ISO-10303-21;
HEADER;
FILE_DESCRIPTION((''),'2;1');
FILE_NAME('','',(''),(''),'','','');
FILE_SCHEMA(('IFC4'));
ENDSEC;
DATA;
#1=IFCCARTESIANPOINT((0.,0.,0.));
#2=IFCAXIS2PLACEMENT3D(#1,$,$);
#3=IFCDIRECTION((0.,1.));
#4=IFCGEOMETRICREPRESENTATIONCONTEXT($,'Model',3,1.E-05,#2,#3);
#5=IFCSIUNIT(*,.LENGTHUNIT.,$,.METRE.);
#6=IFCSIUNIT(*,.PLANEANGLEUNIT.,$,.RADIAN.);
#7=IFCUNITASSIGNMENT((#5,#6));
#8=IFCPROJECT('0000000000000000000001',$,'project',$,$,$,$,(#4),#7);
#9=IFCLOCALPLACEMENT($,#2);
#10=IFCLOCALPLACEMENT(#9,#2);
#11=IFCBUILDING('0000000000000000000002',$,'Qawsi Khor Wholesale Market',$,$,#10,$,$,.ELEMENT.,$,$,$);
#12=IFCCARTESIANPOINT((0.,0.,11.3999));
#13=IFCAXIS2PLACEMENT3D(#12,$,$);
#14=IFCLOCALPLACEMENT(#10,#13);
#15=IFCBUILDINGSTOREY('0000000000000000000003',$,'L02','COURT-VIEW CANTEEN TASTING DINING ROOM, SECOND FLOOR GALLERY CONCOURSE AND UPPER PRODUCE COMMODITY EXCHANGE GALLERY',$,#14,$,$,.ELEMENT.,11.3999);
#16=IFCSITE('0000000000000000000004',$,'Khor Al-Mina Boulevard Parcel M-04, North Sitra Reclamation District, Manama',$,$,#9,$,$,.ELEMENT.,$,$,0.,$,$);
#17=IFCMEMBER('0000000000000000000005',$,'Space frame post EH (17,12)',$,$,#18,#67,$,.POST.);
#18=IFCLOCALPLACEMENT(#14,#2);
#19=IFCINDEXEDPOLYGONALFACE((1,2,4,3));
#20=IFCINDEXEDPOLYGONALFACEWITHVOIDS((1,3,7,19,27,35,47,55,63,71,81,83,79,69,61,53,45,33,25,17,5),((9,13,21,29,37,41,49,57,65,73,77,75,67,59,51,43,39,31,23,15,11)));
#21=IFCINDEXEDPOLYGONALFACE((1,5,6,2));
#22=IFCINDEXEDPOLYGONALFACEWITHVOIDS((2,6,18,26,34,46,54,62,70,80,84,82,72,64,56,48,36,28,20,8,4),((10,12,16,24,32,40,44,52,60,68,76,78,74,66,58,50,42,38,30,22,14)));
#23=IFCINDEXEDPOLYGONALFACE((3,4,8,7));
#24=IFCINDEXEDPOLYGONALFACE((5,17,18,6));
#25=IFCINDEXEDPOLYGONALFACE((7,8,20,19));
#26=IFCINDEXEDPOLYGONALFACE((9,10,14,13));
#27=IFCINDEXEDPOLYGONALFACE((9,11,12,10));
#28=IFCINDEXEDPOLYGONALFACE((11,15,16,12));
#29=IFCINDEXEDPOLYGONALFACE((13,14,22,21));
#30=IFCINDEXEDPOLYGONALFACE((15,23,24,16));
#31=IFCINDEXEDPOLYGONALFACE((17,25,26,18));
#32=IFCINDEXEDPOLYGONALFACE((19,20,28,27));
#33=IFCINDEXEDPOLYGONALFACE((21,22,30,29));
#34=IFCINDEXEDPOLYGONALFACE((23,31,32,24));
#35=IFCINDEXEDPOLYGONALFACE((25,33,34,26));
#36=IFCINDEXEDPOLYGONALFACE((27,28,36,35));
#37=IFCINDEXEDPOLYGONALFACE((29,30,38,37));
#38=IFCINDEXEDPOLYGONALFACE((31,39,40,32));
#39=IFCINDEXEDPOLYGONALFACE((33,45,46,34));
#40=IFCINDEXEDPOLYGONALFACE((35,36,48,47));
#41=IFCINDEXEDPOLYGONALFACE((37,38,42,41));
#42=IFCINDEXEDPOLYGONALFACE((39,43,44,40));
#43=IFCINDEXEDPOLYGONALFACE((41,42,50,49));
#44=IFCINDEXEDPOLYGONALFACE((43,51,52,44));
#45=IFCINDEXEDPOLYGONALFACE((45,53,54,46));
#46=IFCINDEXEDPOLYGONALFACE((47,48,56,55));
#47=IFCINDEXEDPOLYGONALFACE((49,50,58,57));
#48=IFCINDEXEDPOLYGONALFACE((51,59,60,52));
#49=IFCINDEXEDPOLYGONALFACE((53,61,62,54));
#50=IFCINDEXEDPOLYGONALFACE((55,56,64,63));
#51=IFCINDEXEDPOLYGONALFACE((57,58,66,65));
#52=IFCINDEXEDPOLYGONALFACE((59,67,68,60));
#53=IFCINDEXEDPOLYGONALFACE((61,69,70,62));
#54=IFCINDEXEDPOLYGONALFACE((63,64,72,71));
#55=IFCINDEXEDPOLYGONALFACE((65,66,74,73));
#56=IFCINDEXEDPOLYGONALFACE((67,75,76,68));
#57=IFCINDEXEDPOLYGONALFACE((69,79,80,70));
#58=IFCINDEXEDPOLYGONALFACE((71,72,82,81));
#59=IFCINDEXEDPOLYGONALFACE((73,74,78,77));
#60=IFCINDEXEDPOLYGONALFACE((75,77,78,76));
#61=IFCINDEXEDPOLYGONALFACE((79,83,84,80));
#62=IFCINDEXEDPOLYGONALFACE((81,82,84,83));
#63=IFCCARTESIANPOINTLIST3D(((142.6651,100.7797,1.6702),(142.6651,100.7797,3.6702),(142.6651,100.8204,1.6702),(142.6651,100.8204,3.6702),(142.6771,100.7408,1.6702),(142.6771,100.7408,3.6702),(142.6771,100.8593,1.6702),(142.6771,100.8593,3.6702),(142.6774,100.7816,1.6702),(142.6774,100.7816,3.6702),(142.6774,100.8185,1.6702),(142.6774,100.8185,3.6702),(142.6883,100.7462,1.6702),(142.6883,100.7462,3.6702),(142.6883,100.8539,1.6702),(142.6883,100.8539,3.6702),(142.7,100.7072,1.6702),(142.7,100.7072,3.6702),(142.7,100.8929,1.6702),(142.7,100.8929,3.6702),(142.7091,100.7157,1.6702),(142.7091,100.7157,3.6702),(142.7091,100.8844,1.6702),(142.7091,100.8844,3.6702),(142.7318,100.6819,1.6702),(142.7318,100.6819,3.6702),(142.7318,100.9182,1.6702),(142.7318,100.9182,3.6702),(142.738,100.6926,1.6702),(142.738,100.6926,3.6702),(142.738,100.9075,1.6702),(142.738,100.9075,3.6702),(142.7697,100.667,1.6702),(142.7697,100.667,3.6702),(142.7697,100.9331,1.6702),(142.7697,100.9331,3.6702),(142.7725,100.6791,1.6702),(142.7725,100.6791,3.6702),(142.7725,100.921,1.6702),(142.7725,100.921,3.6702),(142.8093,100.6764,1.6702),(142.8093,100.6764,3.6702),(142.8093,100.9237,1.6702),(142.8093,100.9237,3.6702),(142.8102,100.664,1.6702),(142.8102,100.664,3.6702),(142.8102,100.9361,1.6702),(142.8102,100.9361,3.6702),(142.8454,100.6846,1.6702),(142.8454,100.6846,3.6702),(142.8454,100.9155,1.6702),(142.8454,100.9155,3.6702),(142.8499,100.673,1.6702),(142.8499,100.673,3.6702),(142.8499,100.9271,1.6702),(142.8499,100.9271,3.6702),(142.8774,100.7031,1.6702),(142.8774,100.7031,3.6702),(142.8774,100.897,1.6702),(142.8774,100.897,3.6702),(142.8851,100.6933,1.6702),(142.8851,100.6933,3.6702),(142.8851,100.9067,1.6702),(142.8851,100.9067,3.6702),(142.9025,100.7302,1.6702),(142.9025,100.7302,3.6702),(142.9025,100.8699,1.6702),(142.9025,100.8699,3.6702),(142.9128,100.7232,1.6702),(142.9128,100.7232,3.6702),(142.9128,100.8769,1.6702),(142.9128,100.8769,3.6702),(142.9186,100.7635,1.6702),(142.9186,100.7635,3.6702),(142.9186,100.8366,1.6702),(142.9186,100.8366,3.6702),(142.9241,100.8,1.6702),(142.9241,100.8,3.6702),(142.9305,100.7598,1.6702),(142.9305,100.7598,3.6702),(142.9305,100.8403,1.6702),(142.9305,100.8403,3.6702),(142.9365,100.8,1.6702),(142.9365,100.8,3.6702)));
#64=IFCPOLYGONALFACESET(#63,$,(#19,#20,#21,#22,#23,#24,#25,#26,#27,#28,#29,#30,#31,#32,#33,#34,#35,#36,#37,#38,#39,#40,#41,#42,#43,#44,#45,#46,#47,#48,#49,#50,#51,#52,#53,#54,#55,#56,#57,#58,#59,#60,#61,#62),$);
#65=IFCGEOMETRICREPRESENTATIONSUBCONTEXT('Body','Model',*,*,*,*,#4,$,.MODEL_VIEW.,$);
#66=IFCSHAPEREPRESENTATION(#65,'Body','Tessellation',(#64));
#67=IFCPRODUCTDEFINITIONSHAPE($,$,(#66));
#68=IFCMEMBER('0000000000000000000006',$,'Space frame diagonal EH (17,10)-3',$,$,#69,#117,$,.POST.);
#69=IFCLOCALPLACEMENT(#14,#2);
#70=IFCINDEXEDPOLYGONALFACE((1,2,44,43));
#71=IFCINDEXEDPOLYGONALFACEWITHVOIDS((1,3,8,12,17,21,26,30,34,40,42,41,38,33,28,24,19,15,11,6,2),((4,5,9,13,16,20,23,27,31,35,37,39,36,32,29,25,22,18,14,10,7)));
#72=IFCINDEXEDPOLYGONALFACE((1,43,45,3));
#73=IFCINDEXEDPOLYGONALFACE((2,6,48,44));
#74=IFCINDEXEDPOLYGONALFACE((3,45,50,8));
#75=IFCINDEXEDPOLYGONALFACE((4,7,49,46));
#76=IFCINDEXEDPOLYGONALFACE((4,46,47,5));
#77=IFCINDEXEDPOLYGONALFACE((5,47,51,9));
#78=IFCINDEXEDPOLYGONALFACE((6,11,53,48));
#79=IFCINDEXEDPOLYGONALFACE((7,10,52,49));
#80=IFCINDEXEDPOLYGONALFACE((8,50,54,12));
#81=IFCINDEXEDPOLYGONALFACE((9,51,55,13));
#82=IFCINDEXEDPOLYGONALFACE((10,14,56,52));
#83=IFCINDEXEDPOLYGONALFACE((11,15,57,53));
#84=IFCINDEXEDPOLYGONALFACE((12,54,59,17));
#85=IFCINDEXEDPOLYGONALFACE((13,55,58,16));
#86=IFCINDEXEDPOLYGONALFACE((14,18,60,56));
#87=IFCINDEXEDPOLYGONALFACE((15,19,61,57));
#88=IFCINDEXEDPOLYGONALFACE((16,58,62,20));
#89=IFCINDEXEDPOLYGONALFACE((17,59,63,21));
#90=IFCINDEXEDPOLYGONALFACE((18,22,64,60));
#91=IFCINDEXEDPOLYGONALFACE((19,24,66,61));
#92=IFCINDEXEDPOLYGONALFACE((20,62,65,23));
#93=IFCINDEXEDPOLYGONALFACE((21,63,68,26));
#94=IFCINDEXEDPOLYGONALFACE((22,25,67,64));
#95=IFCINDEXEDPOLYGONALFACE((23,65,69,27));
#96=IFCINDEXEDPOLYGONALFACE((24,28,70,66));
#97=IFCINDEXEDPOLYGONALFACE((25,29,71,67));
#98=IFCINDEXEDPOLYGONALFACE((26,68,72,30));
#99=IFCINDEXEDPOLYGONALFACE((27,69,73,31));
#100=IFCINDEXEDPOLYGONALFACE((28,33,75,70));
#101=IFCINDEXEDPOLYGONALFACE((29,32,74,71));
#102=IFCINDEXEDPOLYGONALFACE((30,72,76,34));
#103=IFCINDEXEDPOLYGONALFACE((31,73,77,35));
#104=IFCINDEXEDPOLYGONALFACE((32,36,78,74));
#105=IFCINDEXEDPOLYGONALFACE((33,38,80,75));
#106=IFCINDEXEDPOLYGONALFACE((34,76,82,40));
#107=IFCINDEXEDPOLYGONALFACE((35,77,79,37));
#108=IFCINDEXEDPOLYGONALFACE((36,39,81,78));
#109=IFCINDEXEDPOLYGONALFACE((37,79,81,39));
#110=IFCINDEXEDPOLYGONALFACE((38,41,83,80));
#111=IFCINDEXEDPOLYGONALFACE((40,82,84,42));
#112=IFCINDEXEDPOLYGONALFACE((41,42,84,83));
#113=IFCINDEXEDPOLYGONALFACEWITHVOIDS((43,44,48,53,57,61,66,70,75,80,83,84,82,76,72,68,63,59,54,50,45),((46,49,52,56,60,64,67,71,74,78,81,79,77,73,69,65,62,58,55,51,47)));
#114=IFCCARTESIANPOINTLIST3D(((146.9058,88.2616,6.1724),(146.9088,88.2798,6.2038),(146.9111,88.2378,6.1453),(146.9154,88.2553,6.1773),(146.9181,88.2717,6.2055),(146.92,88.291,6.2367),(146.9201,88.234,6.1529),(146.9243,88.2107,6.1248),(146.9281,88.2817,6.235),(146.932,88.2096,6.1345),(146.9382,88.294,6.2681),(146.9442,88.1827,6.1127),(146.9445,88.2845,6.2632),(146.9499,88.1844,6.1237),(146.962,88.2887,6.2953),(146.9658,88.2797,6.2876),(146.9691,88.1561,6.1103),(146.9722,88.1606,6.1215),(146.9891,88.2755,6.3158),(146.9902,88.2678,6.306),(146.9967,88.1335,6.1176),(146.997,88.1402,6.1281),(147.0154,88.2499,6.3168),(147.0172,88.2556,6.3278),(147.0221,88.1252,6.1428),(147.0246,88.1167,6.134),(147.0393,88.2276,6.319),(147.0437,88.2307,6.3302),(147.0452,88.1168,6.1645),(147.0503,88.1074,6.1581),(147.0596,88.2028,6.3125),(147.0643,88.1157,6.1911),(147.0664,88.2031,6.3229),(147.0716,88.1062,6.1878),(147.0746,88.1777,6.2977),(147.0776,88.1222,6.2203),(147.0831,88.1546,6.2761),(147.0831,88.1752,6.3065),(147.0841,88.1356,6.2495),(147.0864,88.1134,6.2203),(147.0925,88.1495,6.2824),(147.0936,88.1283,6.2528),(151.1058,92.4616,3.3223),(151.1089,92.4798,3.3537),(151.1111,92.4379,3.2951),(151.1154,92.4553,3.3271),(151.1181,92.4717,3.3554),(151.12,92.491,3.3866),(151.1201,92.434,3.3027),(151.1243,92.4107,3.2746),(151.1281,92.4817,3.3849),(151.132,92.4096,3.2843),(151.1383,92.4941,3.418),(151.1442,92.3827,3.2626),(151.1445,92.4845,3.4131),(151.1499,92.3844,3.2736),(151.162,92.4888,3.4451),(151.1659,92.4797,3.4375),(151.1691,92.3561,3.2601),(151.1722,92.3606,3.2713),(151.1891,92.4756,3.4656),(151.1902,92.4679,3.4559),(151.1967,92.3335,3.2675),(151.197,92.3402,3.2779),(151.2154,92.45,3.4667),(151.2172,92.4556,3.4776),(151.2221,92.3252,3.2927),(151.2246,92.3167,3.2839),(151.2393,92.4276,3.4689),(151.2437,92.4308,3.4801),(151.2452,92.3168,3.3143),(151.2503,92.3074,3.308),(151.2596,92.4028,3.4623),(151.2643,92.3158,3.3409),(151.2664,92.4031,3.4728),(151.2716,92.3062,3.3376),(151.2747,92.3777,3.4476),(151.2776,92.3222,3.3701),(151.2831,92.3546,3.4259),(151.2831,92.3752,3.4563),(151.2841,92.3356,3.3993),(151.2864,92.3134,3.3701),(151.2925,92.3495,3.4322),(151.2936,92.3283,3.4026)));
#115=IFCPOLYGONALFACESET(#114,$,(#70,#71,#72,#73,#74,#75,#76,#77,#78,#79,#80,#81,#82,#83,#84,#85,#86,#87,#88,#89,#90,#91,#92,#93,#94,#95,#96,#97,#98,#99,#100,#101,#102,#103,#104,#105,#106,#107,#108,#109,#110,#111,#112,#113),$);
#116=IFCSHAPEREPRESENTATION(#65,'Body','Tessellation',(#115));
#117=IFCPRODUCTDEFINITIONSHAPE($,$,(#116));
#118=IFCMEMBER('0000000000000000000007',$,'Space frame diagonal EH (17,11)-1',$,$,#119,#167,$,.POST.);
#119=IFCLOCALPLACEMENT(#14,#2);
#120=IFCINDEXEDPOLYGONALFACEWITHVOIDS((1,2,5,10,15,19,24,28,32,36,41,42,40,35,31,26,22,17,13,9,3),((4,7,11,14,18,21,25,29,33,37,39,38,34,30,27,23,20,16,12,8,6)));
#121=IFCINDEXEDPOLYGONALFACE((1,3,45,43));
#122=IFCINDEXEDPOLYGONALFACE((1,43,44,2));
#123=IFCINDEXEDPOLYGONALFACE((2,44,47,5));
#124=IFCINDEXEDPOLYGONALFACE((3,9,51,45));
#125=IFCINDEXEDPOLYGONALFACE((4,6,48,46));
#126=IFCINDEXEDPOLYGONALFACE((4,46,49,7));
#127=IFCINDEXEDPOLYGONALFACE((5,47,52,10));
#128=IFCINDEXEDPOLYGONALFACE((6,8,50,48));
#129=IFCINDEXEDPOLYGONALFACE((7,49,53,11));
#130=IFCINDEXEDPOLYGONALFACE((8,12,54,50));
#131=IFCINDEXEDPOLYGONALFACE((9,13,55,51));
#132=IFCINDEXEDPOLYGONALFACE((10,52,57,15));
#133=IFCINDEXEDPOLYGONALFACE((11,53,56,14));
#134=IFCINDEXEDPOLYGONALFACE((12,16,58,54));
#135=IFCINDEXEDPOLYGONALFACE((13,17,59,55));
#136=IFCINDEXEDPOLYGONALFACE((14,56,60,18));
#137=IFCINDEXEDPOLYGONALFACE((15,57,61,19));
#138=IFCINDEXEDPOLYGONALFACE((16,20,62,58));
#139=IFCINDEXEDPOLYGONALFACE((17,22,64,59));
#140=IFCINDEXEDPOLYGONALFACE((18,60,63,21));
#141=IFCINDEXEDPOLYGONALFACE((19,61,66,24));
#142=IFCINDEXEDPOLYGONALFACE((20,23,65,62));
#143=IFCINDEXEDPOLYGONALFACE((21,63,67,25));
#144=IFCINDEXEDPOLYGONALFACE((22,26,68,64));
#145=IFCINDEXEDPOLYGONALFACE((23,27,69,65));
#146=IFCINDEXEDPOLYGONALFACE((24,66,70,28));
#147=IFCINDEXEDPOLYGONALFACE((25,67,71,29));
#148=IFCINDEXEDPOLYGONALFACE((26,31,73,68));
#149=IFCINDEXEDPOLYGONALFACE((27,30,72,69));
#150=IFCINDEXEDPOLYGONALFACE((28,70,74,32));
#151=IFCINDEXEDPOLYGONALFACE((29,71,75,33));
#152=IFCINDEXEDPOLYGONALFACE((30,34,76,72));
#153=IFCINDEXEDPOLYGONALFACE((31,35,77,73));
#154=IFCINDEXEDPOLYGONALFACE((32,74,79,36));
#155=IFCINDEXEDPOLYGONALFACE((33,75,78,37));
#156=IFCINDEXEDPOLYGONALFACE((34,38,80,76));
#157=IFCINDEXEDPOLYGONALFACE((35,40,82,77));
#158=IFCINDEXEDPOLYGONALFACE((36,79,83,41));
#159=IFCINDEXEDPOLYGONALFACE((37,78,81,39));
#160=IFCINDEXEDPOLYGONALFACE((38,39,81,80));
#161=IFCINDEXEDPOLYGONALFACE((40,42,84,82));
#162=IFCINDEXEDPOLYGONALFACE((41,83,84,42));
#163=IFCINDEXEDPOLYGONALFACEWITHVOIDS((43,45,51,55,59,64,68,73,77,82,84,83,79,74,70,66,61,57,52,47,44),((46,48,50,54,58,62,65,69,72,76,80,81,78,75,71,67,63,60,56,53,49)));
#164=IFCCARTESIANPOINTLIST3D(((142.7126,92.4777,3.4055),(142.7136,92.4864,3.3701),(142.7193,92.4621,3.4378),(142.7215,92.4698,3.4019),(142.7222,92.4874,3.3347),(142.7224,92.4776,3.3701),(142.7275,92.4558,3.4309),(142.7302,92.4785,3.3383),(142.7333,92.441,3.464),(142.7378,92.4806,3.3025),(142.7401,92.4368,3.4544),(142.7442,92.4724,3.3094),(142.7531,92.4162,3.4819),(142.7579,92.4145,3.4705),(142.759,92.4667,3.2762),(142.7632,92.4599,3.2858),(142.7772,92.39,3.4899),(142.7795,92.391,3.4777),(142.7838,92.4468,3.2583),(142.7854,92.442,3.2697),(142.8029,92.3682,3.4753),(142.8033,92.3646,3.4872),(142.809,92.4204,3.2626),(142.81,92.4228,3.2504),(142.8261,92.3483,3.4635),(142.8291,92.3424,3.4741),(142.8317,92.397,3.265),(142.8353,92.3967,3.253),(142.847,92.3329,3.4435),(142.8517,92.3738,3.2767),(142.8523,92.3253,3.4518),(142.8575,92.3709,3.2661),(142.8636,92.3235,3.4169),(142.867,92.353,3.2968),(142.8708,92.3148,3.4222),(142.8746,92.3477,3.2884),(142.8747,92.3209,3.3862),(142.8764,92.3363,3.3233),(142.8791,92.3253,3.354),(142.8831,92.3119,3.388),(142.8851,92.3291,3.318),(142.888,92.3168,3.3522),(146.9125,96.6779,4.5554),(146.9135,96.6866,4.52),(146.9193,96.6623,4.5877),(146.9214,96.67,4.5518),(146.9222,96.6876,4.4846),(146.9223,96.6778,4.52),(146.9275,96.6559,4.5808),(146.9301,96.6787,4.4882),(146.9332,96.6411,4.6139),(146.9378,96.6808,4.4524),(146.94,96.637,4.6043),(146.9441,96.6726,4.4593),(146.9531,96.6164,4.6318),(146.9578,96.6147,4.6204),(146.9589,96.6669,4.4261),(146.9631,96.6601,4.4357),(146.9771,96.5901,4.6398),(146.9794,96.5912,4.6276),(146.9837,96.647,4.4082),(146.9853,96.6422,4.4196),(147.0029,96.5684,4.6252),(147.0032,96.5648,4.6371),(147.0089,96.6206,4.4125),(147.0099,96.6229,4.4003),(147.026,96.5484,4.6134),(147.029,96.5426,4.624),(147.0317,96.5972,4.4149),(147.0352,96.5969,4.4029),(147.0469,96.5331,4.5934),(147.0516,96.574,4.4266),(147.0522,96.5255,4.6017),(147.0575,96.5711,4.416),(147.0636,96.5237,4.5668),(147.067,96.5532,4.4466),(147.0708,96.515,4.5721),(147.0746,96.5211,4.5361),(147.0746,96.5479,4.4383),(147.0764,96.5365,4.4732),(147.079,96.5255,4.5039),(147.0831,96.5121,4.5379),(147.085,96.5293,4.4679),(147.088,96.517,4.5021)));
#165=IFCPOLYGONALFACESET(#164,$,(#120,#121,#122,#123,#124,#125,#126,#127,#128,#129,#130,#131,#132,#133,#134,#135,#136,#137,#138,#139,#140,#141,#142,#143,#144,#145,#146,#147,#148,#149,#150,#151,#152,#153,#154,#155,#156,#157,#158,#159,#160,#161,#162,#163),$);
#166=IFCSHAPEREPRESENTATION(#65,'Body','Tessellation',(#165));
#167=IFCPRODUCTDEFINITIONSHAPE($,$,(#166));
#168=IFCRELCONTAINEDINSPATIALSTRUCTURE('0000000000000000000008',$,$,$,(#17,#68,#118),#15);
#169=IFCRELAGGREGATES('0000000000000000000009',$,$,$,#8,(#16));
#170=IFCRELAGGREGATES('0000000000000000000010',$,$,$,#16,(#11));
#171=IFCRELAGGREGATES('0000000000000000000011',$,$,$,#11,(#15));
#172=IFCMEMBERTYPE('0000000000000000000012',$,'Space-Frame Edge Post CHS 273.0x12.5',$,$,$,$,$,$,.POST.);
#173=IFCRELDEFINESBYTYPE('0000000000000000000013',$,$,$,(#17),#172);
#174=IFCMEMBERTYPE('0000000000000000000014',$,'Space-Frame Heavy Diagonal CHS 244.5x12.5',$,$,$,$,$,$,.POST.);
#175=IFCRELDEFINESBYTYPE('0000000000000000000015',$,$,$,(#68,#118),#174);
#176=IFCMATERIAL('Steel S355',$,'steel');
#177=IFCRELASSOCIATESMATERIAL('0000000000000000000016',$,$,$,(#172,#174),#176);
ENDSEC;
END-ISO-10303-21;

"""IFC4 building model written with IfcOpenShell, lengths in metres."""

from ifc_helpers import new_model, si_unit, direction, frame, origin, origin_2d, place, context, subcontext, project, spatial, hollow_circle, extrude, material, material_profile, profile_set, type_object, element, save


model = new_model("IFC4")

# Units and contexts
model_context = context("Model", 3, precision=1e-05, world=origin(), true_north=direction((0.0, 1.0)))
body_context = subcontext(model_context, "Body", "Model", "MODEL_VIEW")
ifc_project = project(units=[si_unit("LENGTHUNIT", "METRE"), si_unit("PLANEANGLEUNIT", "RADIAN")], contexts=[model_context])

# Site, building, storey
site_placement = place(None, origin())
site = spatial("IfcSite", under=ifc_project, at=site_placement, Name="Khor Al-Mina Boulevard Parcel M-04, North Sitra Reclamation District, Manama", CompositionType="ELEMENT", RefElevation=0.0)
building_placement = place(site_placement, origin())
building = spatial("IfcBuilding", under=site, at=building_placement, Name="Qawsi Khor Wholesale Market", CompositionType="ELEMENT")
storey_placement = place(building_placement, frame((0.0, 0.0, 11.3999)))
storey = spatial("IfcBuildingStorey", under=building, at=storey_placement, Name="L02", Description="COURT-VIEW CANTEEN TASTING DINING ROOM, SECOND FLOOR GALLERY CONCOURSE AND UPPER PRODUCE COMMODITY EXCHANGE GALLERY", CompositionType="ELEMENT", Elevation=11.3999)

# Shared definitions
ifc_material_1 = material(Name="Steel S355", Category="steel")

# Members
ifc_material_profile_1 = material_profile(ifc_material_1, hollow_circle(Radius=0.1365, WallThickness=0.0125, at=origin_2d()), Name="CHS 273.0x12.5")
ifc_profile_set_1 = profile_set([ifc_material_profile_1], Name="Steel S355")
member_type_1 = type_object("IfcMemberType", Name="Space-Frame Edge Post CHS 273.0x12.5", PredefinedType="POST", material=ifc_profile_set_1)
member_1_placement = place(storey_placement, frame((142.8, 100.8, 1.6702), z_axis=(0.0, 0.0, 1.0), x_axis=(1.0, 0.0, 0.0)))
element("IfcMember", 1, at=member_1_placement, inside=storey, type_object=member_type_1, Name="Space frame post EH (17,12)", PredefinedType="POST", context=body_context, shape_type="SweptSolid", body=[
    extrude(hollow_circle(Radius=0.1365, WallThickness=0.0125, at=origin_2d()), origin(), (0.0, 0.0, 1.0), 2.0),
])
ifc_material_profile_2 = material_profile(ifc_material_1, hollow_circle(Radius=0.1223, WallThickness=0.0125, at=origin_2d()), Name="CHS 244.5x12.5")
ifc_profile_set_2 = profile_set([ifc_material_profile_2], Name="Steel S355")
member_type_2 = type_object("IfcMemberType", Name="Space-Frame Heavy Diagonal CHS 244.5x12.5", PredefinedType="POST", material=ifc_profile_set_2)
member_2_placement = place(storey_placement, frame((151.2, 92.3999, 3.3701), z_axis=(-0.637512, -0.637512, 0.432617), x_axis=(0.707107, -0.707107, 0.0)))
element("IfcMember", 2, at=member_2_placement, inside=storey, type_object=member_type_2, Name="Space frame diagonal EH (17,10)-3", PredefinedType="POST", context=body_context, shape_type="SweptSolid", body=[
    extrude(hollow_circle(Radius=0.1223, WallThickness=0.0125, at=origin_2d()), origin(), (0.0, 0.0, 1.0), 6.5881),
])
for number, where, z_axis, x_axis, name in (
    (3, (142.8, 92.3999, 3.3701), (0.694197, 0.694238, 0.190064), (-0.707127, 0.707086, 0.0), "Space frame diagonal EH (17,11)-1"),
):
    element("IfcMember", number, at=place(storey_placement, frame(where, z_axis=z_axis, x_axis=x_axis)), inside=storey, type_object=member_type_2, Name=name, PredefinedType="POST", context=body_context, shape_type="SweptSolid", body=[
        extrude(hollow_circle(Radius=0.1223, WallThickness=0.0125, at=origin_2d()), origin(), (0.0, 0.0, 1.0), 6.05),
    ])

save(model, "model.ifc")
